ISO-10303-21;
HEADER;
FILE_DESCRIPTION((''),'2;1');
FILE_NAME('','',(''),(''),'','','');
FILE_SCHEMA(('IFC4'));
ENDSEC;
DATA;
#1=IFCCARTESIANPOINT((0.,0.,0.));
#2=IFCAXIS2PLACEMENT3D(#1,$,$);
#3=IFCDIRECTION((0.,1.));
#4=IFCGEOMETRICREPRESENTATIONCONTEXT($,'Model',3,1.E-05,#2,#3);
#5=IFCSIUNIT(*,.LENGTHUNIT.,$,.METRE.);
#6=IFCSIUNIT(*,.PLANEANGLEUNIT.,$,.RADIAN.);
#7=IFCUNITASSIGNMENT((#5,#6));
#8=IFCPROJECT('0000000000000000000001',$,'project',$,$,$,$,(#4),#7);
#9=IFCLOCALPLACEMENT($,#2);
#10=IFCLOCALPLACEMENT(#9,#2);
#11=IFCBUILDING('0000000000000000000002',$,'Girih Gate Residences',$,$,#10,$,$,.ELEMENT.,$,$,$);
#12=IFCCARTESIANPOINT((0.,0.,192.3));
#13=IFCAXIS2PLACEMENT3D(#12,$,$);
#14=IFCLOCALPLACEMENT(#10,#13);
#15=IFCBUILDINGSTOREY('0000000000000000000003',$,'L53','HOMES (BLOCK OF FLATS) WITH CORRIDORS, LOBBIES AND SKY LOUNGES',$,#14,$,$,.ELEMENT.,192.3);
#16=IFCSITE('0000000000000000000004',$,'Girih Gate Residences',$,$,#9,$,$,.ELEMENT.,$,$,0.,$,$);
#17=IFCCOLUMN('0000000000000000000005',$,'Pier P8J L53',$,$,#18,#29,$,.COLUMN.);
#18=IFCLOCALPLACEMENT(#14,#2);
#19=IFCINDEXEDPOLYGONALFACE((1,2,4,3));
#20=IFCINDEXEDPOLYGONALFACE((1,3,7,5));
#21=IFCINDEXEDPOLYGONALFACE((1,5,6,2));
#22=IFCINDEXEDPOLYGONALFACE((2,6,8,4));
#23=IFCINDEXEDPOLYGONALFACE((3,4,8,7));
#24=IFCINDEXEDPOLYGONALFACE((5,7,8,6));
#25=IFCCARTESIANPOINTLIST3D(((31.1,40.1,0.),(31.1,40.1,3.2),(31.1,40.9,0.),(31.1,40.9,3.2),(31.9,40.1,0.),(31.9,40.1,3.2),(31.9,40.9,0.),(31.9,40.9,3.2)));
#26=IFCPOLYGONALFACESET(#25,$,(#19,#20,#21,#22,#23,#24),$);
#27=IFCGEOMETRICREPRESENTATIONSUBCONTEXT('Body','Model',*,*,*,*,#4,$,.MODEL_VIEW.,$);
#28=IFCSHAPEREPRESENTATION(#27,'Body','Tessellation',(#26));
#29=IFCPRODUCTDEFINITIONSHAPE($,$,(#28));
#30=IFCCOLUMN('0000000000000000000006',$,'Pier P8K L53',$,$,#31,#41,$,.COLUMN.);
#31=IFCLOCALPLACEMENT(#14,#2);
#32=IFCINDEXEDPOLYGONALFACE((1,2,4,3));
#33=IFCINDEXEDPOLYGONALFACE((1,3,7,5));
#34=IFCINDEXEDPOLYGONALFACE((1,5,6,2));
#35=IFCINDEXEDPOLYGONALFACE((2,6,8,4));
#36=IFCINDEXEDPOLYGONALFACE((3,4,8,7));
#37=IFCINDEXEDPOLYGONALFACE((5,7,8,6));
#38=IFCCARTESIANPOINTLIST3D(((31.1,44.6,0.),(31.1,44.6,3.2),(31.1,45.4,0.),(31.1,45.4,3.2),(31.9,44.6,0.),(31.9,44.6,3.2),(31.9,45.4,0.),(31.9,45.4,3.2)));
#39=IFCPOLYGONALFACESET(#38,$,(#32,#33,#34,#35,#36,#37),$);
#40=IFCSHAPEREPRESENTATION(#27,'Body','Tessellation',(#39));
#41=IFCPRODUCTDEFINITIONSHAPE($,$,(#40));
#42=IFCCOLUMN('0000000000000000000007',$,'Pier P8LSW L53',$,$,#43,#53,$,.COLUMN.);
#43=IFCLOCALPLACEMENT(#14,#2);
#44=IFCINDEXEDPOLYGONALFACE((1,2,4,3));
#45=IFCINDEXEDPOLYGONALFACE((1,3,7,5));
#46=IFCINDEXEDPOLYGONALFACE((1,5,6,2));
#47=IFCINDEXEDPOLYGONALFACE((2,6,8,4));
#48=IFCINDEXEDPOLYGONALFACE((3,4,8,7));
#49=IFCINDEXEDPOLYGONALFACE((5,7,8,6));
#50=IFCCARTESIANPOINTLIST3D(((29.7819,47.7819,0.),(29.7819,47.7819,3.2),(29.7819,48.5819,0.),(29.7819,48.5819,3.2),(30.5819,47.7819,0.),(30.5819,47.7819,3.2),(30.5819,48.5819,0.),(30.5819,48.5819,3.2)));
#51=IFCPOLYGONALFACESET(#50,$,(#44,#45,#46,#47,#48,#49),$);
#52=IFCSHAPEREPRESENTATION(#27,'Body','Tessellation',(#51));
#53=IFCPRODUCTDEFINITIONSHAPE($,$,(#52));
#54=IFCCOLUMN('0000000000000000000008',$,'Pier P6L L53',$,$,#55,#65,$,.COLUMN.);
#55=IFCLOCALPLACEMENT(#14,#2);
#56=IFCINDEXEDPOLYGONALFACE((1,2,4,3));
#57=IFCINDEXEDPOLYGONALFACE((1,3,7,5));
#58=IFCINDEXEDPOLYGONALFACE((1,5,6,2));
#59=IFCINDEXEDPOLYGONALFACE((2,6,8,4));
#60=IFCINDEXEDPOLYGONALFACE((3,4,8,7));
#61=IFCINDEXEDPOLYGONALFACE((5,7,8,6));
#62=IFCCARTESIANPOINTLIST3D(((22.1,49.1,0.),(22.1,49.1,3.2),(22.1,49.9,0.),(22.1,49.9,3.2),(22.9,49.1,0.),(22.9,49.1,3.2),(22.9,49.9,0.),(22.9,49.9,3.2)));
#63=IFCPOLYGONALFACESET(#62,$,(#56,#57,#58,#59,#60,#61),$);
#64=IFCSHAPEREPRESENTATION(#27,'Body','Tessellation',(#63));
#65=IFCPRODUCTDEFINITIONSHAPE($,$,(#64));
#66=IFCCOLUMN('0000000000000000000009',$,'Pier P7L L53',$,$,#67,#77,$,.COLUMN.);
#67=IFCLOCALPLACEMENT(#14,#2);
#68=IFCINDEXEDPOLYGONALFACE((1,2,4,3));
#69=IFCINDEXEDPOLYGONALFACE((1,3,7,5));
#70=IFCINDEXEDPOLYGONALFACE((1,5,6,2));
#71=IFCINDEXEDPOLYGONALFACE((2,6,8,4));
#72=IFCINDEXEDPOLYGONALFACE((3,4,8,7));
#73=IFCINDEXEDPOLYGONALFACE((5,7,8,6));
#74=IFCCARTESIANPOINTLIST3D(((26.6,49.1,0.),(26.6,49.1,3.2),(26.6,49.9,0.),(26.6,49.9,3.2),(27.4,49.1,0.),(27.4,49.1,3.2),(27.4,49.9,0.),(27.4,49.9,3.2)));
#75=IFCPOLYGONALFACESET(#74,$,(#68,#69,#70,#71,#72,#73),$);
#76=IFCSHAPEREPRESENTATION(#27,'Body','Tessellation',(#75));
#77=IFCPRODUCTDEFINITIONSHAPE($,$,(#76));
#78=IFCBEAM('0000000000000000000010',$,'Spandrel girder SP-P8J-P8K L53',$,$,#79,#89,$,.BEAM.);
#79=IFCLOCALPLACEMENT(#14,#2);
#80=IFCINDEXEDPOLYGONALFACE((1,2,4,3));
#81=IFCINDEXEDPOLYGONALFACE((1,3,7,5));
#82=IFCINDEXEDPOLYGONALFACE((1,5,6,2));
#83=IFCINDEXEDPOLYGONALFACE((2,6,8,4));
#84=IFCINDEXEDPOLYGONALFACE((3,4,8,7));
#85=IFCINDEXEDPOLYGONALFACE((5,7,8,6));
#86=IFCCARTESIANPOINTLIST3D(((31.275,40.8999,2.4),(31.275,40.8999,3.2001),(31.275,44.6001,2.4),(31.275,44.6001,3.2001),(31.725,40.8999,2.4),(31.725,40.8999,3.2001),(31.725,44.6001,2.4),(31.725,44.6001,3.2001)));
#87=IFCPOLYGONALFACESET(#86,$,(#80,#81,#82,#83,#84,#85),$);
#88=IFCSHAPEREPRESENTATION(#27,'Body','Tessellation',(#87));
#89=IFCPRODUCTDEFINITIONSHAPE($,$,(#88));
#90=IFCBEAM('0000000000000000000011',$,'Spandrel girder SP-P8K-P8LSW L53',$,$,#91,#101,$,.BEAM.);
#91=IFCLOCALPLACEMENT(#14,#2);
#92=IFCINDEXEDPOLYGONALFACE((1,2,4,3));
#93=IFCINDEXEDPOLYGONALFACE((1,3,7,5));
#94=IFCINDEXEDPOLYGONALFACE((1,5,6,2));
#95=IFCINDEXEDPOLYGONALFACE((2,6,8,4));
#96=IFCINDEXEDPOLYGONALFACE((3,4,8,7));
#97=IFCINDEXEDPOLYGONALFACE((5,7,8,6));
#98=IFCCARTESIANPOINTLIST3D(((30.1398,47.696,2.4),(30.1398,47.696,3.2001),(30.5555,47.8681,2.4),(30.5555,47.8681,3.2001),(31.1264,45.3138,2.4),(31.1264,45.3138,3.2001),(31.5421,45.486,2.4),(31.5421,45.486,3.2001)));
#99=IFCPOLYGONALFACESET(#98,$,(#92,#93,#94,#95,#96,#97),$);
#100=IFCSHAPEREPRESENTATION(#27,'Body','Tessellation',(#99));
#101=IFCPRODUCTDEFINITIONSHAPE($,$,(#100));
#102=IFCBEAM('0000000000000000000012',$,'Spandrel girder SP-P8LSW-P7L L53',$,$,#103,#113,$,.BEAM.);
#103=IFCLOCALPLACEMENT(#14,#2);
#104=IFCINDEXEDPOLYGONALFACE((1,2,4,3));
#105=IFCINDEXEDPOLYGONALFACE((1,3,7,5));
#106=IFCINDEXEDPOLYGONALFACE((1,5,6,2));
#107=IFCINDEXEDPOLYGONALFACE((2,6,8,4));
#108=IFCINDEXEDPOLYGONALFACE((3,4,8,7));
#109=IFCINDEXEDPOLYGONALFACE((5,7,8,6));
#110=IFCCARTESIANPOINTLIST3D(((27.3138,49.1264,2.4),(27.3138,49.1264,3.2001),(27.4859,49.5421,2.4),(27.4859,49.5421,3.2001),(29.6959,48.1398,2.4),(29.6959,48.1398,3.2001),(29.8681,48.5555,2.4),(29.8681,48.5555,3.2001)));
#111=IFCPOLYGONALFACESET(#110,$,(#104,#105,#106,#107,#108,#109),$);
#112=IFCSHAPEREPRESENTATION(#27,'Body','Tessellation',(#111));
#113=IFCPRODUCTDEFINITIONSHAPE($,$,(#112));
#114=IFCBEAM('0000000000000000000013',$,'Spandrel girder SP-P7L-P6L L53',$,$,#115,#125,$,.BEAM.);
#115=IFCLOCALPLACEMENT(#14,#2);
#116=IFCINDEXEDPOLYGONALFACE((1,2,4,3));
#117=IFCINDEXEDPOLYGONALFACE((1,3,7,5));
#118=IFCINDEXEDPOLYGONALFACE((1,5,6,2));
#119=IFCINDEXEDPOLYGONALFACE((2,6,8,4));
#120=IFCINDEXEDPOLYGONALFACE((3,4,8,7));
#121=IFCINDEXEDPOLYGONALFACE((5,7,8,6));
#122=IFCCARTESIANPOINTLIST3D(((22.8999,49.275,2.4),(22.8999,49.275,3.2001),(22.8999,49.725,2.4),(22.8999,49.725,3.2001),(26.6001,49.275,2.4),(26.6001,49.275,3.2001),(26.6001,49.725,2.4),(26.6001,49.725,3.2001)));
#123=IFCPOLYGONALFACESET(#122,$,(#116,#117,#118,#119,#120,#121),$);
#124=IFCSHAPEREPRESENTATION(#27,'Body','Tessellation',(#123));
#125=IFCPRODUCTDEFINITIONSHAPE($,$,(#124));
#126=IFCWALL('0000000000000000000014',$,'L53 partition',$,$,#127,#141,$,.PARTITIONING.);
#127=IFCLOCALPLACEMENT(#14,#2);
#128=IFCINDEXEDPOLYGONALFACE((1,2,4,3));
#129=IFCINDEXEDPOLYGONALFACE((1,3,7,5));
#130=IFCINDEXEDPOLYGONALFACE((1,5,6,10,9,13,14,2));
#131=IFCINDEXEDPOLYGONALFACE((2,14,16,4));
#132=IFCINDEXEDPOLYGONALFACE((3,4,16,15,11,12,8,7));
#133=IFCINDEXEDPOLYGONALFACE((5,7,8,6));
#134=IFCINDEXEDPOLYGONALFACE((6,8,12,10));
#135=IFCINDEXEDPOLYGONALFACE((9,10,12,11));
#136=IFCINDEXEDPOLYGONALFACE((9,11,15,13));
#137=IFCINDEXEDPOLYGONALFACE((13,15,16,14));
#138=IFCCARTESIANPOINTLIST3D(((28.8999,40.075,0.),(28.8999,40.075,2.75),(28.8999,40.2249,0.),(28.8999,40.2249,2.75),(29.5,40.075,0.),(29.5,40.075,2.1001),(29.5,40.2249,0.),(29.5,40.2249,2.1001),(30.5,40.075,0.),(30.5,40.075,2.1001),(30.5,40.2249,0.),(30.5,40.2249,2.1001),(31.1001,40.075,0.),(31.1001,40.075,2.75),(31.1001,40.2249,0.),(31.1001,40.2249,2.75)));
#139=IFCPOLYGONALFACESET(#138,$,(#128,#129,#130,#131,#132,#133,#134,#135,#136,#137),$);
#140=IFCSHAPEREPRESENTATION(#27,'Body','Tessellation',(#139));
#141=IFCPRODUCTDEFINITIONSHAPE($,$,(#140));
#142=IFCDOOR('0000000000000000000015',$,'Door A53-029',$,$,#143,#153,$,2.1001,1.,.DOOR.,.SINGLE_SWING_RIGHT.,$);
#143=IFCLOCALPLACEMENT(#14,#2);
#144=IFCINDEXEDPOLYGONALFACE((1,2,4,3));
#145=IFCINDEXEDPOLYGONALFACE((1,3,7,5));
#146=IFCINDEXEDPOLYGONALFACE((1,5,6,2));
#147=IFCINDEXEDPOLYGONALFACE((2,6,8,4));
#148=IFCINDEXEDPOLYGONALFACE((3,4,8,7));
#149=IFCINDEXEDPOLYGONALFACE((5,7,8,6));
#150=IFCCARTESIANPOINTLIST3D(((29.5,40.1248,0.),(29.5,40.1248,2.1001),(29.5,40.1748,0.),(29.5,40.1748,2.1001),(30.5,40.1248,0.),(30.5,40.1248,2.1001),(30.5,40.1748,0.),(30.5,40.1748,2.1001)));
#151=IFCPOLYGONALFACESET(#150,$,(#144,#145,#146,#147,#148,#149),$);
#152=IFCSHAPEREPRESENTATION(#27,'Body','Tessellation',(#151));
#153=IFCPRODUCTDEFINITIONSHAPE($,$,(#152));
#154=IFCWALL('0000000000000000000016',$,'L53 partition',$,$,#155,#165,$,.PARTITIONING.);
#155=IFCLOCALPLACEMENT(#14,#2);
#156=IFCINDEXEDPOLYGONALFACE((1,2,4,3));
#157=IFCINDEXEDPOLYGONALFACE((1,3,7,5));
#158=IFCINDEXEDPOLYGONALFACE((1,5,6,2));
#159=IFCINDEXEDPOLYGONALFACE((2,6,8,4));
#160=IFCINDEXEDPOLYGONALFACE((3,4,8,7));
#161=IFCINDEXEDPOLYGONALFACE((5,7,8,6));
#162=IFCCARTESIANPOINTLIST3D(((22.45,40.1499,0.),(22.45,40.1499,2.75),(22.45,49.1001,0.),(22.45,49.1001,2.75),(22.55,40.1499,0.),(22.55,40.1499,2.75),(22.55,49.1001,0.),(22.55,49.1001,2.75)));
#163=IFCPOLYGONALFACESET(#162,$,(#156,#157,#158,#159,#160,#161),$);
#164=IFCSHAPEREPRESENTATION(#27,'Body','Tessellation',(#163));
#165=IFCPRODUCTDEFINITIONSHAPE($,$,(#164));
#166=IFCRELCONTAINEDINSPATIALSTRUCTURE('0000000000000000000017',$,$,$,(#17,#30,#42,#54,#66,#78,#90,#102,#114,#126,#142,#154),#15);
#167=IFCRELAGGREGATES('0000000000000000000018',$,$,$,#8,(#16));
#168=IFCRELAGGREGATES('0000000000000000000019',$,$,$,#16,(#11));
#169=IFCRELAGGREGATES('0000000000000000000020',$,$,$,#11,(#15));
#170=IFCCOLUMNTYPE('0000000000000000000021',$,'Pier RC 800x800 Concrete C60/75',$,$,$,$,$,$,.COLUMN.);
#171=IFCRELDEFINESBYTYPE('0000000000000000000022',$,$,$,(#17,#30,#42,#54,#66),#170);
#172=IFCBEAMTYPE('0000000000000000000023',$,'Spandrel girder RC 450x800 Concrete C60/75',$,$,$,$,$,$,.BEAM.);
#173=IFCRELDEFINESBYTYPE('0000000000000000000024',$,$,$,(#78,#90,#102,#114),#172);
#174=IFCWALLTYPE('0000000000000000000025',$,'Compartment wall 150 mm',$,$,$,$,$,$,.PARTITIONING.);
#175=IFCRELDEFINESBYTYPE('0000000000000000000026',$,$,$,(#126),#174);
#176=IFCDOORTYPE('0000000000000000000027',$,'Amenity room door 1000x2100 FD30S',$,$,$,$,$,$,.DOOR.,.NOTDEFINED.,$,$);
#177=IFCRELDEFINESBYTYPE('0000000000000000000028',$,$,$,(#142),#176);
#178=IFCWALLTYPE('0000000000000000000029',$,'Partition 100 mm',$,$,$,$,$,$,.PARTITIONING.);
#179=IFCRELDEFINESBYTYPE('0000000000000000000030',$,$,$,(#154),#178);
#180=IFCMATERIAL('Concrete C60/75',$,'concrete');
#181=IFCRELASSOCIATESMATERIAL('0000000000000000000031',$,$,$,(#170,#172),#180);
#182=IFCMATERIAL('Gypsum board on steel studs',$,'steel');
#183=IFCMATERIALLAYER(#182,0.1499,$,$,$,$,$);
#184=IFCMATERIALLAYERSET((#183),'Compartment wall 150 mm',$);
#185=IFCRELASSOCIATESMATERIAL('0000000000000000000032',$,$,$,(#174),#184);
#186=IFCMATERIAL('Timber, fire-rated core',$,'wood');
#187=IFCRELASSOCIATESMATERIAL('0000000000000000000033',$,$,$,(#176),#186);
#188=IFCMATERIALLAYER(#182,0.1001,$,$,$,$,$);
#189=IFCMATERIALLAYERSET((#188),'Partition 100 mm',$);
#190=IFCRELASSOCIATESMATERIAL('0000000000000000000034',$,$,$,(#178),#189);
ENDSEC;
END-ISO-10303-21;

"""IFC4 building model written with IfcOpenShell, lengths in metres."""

from ifc_helpers import new_model, si_unit, direction, frame, frame_2d, origin, origin_2d, place, context, subcontext, project, spatial, rectangle, extrude, material, layer, layer_set, material_profile, profile_set, type_object, element, fill, save


model = new_model("IFC4")

# Units and contexts
model_context = context("Model", 3, precision=1e-05, world=origin(), true_north=direction((0.0, 1.0)))
body_context = subcontext(model_context, "Body", "Model", "MODEL_VIEW")
ifc_project = project(units=[si_unit("LENGTHUNIT", "METRE"), si_unit("PLANEANGLEUNIT", "RADIAN")], contexts=[model_context])

# Site, building, storey
site_placement = place(None, origin())
site = spatial("IfcSite", under=ifc_project, at=site_placement, Name="Girih Gate Residences", CompositionType="ELEMENT", RefElevation=0.0)
building_placement = place(site_placement, origin())
building = spatial("IfcBuilding", under=site, at=building_placement, Name="Girih Gate Residences", CompositionType="ELEMENT")
storey_placement = place(building_placement, frame((0.0, 0.0, 192.3)))
storey = spatial("IfcBuildingStorey", under=building, at=storey_placement, Name="L53", Description="HOMES (BLOCK OF FLATS) WITH CORRIDORS, LOBBIES AND SKY LOUNGES", CompositionType="ELEMENT", Elevation=192.3)

# Columns
ifc_material_1 = material(Name="Concrete C60/75", Category="concrete")
ifc_material_profile_1 = material_profile(ifc_material_1, rectangle(XDim=0.8, YDim=0.8, at=origin_2d()))
ifc_profile_set_1 = profile_set([ifc_material_profile_1], Name="Concrete C60/75")
column_type = type_object("IfcColumnType", Name="Pier RC 800x800 Concrete C60/75", PredefinedType="COLUMN", material=ifc_profile_set_1)
for number, where, z_axis, x_axis, name in (
    (1, (31.5, 40.5, 0.0), (0.0, 0.0, 1.0), (1.0, 0.0, 0.0), "Pier P8J L53"),
    (2, (31.5, 45.0, 0.0), (0.0, 0.0, 1.0), (1.0, 0.0, 0.0), "Pier P8K L53"),
    (3, (30.1819, 48.1819, 0.0), (0.0, 0.0, 1.0), (1.0, 0.0, 0.0), "Pier P8LSW L53"),
    (4, (22.5, 49.5, 0.0), (0.0, 0.0, 1.0), (1.0, 0.0, 0.0), "Pier P6L L53"),
    (5, (27.0, 49.5, 0.0), (0.0, 0.0, 1.0), (1.0, 0.0, 0.0), "Pier P7L L53"),
):
    element("IfcColumn", number, at=place(storey_placement, frame(where, z_axis=z_axis, x_axis=x_axis)), inside=storey, type_object=column_type, Name=name, PredefinedType="COLUMN", context=body_context, shape_type="SweptSolid", body=[
        extrude(rectangle(XDim=0.8, YDim=0.8, at=origin_2d()), origin(), (0.0, 0.0, 1.0), 3.2),
    ])

# Beams
ifc_material_profile_2 = material_profile(ifc_material_1, rectangle(XDim=0.45, YDim=0.8, at=origin_2d()))
ifc_profile_set_2 = profile_set([ifc_material_profile_2], Name="Concrete C60/75")
beam_type = type_object("IfcBeamType", Name="Spandrel girder RC 450x800 Concrete C60/75", PredefinedType="BEAM", material=ifc_profile_set_2)
beam_1_placement = place(storey_placement, frame((31.5, 40.8999, 2.8), z_axis=(0.0, 1.0, 0.0), x_axis=(-1.0, 0.0, 0.0)))
element("IfcBeam", 6, at=beam_1_placement, inside=storey, type_object=beam_type, Name="Spandrel girder SP-P8J-P8K L53", PredefinedType="BEAM", context=body_context, shape_type="SweptSolid", body=[
    extrude(rectangle(XDim=0.45, YDim=0.8, at=origin_2d()), origin(), (0.0, 0.0, 1.0), 3.7002),
])
for number, where, z_axis, x_axis, name in (
    (7, (31.3342, 45.3999, 2.8), (-0.382644, 0.923896, 0.0), (-0.923896, -0.382644, 0.0), "Spandrel girder SP-P8K-P8LSW L53"),
    (8, (29.782, 48.3477, 2.8), (-0.923896, 0.382644, 0.0), (-0.382644, -0.923896, 0.0), "Spandrel girder SP-P8LSW-P7L L53"),
):
    element("IfcBeam", number, at=place(storey_placement, frame(where, z_axis=z_axis, x_axis=x_axis)), inside=storey, type_object=beam_type, Name=name, PredefinedType="BEAM", context=body_context, shape_type="SweptSolid", body=[
        extrude(rectangle(XDim=0.45, YDim=0.8, at=origin_2d()), origin(), (0.0, 0.0, 1.0), 2.5784),
    ])
beam_2_placement = place(storey_placement, frame((26.6001, 49.5, 2.8), z_axis=(-1.0, 0.0, 0.0), x_axis=(0.0, -1.0, 0.0)))
element("IfcBeam", 9, at=beam_2_placement, inside=storey, type_object=beam_type, Name="Spandrel girder SP-P7L-P6L L53", PredefinedType="BEAM", context=body_context, shape_type="SweptSolid", body=[
    extrude(rectangle(XDim=0.45, YDim=0.8, at=origin_2d()), origin(), (0.0, 0.0, 1.0), 3.7002),
])

# Wall, opening, door
ifc_material_2 = material(Name="Gypsum board on steel studs", Category="steel")
ifc_layer_1 = layer(ifc_material_2, 0.1499)
ifc_layer_set_1 = layer_set([ifc_layer_1], Name="Compartment wall 150 mm")
wall_type_1 = type_object("IfcWallType", Name="Compartment wall 150 mm", PredefinedType="PARTITIONING", material=ifc_layer_set_1)
wall_1_placement = place(storey_placement, frame((28.8999, 40.1499, 0.0), z_axis=(0.0, 0.0, 1.0), x_axis=(1.0, 0.0, 0.0)))
wall_1 = element("IfcWall", 10, at=wall_1_placement, inside=storey, type_object=wall_type_1, Name="L53 partition", PredefinedType="PARTITIONING", context=body_context, shape_type="SweptSolid", body=[
    extrude(rectangle(XDim=2.2002, YDim=0.1499, at=frame_2d((1.1001, 0.0))), origin(), (0.0, 0.0, 1.0), 2.75),
])
opening_1_placement = place(wall_1_placement, frame((0.6001, 0.0, 0.0)))
opening_1 = element("IfcOpeningElement", 11, at=opening_1_placement, cuts=wall_1, PredefinedType="OPENING", context=body_context, shape_type="SweptSolid", body=[
    extrude(rectangle(XDim=1.0, YDim=2.1001, at=frame_2d((0.5, 1.05))), frame((0.0, 0.085, 0.0), z_axis=(0.0, -1.0, 0.0), x_axis=(1.0, 0.0, 0.0)), (0.0, 0.0, 1.0), 0.1699),
])
ifc_material_3 = material(Name="Timber, fire-rated core", Category="wood")
door_type = type_object("IfcDoorType", Name="Amenity room door 1000x2100 FD30S", OperationType="NOTDEFINED", PredefinedType="DOOR", material=ifc_material_3)
door_placement = place(opening_1_placement, origin())
door = element("IfcDoor", 12, at=door_placement, inside=storey, type_object=door_type, Name="Door A53-029", OperationType="SINGLE_SWING_RIGHT", OverallHeight=2.1001, OverallWidth=1.0, PredefinedType="DOOR", context=body_context, shape_type="SweptSolid", body=[
    extrude(rectangle(XDim=1.0, YDim=2.1001, at=frame_2d((0.5, 1.05))), frame((0.0, 0.0249, 0.0), z_axis=(0.0, -1.0, 0.0), x_axis=(1.0, 0.0, 0.0)), (0.0, 0.0, 1.0), 0.05),
])
fill(opening_1, door)

# Wall
ifc_layer_2 = layer(ifc_material_2, 0.1001)
ifc_layer_set_2 = layer_set([ifc_layer_2], Name="Partition 100 mm")
wall_type_2 = type_object("IfcWallType", Name="Partition 100 mm", PredefinedType="PARTITIONING", material=ifc_layer_set_2)
wall_2_placement = place(storey_placement, frame((22.5, 40.1499, 0.0), z_axis=(0.0, 0.0, 1.0), x_axis=(0.0, 1.0, 0.0)))
element("IfcWall", 13, at=wall_2_placement, inside=storey, type_object=wall_type_2, Name="L53 partition", PredefinedType="PARTITIONING", context=body_context, shape_type="SweptSolid", body=[
    extrude(rectangle(XDim=8.9502, YDim=0.1001, at=frame_2d((4.4751, 0.0))), origin(), (0.0, 0.0, 1.0), 2.75),
])

save(model, "model.ifc")
